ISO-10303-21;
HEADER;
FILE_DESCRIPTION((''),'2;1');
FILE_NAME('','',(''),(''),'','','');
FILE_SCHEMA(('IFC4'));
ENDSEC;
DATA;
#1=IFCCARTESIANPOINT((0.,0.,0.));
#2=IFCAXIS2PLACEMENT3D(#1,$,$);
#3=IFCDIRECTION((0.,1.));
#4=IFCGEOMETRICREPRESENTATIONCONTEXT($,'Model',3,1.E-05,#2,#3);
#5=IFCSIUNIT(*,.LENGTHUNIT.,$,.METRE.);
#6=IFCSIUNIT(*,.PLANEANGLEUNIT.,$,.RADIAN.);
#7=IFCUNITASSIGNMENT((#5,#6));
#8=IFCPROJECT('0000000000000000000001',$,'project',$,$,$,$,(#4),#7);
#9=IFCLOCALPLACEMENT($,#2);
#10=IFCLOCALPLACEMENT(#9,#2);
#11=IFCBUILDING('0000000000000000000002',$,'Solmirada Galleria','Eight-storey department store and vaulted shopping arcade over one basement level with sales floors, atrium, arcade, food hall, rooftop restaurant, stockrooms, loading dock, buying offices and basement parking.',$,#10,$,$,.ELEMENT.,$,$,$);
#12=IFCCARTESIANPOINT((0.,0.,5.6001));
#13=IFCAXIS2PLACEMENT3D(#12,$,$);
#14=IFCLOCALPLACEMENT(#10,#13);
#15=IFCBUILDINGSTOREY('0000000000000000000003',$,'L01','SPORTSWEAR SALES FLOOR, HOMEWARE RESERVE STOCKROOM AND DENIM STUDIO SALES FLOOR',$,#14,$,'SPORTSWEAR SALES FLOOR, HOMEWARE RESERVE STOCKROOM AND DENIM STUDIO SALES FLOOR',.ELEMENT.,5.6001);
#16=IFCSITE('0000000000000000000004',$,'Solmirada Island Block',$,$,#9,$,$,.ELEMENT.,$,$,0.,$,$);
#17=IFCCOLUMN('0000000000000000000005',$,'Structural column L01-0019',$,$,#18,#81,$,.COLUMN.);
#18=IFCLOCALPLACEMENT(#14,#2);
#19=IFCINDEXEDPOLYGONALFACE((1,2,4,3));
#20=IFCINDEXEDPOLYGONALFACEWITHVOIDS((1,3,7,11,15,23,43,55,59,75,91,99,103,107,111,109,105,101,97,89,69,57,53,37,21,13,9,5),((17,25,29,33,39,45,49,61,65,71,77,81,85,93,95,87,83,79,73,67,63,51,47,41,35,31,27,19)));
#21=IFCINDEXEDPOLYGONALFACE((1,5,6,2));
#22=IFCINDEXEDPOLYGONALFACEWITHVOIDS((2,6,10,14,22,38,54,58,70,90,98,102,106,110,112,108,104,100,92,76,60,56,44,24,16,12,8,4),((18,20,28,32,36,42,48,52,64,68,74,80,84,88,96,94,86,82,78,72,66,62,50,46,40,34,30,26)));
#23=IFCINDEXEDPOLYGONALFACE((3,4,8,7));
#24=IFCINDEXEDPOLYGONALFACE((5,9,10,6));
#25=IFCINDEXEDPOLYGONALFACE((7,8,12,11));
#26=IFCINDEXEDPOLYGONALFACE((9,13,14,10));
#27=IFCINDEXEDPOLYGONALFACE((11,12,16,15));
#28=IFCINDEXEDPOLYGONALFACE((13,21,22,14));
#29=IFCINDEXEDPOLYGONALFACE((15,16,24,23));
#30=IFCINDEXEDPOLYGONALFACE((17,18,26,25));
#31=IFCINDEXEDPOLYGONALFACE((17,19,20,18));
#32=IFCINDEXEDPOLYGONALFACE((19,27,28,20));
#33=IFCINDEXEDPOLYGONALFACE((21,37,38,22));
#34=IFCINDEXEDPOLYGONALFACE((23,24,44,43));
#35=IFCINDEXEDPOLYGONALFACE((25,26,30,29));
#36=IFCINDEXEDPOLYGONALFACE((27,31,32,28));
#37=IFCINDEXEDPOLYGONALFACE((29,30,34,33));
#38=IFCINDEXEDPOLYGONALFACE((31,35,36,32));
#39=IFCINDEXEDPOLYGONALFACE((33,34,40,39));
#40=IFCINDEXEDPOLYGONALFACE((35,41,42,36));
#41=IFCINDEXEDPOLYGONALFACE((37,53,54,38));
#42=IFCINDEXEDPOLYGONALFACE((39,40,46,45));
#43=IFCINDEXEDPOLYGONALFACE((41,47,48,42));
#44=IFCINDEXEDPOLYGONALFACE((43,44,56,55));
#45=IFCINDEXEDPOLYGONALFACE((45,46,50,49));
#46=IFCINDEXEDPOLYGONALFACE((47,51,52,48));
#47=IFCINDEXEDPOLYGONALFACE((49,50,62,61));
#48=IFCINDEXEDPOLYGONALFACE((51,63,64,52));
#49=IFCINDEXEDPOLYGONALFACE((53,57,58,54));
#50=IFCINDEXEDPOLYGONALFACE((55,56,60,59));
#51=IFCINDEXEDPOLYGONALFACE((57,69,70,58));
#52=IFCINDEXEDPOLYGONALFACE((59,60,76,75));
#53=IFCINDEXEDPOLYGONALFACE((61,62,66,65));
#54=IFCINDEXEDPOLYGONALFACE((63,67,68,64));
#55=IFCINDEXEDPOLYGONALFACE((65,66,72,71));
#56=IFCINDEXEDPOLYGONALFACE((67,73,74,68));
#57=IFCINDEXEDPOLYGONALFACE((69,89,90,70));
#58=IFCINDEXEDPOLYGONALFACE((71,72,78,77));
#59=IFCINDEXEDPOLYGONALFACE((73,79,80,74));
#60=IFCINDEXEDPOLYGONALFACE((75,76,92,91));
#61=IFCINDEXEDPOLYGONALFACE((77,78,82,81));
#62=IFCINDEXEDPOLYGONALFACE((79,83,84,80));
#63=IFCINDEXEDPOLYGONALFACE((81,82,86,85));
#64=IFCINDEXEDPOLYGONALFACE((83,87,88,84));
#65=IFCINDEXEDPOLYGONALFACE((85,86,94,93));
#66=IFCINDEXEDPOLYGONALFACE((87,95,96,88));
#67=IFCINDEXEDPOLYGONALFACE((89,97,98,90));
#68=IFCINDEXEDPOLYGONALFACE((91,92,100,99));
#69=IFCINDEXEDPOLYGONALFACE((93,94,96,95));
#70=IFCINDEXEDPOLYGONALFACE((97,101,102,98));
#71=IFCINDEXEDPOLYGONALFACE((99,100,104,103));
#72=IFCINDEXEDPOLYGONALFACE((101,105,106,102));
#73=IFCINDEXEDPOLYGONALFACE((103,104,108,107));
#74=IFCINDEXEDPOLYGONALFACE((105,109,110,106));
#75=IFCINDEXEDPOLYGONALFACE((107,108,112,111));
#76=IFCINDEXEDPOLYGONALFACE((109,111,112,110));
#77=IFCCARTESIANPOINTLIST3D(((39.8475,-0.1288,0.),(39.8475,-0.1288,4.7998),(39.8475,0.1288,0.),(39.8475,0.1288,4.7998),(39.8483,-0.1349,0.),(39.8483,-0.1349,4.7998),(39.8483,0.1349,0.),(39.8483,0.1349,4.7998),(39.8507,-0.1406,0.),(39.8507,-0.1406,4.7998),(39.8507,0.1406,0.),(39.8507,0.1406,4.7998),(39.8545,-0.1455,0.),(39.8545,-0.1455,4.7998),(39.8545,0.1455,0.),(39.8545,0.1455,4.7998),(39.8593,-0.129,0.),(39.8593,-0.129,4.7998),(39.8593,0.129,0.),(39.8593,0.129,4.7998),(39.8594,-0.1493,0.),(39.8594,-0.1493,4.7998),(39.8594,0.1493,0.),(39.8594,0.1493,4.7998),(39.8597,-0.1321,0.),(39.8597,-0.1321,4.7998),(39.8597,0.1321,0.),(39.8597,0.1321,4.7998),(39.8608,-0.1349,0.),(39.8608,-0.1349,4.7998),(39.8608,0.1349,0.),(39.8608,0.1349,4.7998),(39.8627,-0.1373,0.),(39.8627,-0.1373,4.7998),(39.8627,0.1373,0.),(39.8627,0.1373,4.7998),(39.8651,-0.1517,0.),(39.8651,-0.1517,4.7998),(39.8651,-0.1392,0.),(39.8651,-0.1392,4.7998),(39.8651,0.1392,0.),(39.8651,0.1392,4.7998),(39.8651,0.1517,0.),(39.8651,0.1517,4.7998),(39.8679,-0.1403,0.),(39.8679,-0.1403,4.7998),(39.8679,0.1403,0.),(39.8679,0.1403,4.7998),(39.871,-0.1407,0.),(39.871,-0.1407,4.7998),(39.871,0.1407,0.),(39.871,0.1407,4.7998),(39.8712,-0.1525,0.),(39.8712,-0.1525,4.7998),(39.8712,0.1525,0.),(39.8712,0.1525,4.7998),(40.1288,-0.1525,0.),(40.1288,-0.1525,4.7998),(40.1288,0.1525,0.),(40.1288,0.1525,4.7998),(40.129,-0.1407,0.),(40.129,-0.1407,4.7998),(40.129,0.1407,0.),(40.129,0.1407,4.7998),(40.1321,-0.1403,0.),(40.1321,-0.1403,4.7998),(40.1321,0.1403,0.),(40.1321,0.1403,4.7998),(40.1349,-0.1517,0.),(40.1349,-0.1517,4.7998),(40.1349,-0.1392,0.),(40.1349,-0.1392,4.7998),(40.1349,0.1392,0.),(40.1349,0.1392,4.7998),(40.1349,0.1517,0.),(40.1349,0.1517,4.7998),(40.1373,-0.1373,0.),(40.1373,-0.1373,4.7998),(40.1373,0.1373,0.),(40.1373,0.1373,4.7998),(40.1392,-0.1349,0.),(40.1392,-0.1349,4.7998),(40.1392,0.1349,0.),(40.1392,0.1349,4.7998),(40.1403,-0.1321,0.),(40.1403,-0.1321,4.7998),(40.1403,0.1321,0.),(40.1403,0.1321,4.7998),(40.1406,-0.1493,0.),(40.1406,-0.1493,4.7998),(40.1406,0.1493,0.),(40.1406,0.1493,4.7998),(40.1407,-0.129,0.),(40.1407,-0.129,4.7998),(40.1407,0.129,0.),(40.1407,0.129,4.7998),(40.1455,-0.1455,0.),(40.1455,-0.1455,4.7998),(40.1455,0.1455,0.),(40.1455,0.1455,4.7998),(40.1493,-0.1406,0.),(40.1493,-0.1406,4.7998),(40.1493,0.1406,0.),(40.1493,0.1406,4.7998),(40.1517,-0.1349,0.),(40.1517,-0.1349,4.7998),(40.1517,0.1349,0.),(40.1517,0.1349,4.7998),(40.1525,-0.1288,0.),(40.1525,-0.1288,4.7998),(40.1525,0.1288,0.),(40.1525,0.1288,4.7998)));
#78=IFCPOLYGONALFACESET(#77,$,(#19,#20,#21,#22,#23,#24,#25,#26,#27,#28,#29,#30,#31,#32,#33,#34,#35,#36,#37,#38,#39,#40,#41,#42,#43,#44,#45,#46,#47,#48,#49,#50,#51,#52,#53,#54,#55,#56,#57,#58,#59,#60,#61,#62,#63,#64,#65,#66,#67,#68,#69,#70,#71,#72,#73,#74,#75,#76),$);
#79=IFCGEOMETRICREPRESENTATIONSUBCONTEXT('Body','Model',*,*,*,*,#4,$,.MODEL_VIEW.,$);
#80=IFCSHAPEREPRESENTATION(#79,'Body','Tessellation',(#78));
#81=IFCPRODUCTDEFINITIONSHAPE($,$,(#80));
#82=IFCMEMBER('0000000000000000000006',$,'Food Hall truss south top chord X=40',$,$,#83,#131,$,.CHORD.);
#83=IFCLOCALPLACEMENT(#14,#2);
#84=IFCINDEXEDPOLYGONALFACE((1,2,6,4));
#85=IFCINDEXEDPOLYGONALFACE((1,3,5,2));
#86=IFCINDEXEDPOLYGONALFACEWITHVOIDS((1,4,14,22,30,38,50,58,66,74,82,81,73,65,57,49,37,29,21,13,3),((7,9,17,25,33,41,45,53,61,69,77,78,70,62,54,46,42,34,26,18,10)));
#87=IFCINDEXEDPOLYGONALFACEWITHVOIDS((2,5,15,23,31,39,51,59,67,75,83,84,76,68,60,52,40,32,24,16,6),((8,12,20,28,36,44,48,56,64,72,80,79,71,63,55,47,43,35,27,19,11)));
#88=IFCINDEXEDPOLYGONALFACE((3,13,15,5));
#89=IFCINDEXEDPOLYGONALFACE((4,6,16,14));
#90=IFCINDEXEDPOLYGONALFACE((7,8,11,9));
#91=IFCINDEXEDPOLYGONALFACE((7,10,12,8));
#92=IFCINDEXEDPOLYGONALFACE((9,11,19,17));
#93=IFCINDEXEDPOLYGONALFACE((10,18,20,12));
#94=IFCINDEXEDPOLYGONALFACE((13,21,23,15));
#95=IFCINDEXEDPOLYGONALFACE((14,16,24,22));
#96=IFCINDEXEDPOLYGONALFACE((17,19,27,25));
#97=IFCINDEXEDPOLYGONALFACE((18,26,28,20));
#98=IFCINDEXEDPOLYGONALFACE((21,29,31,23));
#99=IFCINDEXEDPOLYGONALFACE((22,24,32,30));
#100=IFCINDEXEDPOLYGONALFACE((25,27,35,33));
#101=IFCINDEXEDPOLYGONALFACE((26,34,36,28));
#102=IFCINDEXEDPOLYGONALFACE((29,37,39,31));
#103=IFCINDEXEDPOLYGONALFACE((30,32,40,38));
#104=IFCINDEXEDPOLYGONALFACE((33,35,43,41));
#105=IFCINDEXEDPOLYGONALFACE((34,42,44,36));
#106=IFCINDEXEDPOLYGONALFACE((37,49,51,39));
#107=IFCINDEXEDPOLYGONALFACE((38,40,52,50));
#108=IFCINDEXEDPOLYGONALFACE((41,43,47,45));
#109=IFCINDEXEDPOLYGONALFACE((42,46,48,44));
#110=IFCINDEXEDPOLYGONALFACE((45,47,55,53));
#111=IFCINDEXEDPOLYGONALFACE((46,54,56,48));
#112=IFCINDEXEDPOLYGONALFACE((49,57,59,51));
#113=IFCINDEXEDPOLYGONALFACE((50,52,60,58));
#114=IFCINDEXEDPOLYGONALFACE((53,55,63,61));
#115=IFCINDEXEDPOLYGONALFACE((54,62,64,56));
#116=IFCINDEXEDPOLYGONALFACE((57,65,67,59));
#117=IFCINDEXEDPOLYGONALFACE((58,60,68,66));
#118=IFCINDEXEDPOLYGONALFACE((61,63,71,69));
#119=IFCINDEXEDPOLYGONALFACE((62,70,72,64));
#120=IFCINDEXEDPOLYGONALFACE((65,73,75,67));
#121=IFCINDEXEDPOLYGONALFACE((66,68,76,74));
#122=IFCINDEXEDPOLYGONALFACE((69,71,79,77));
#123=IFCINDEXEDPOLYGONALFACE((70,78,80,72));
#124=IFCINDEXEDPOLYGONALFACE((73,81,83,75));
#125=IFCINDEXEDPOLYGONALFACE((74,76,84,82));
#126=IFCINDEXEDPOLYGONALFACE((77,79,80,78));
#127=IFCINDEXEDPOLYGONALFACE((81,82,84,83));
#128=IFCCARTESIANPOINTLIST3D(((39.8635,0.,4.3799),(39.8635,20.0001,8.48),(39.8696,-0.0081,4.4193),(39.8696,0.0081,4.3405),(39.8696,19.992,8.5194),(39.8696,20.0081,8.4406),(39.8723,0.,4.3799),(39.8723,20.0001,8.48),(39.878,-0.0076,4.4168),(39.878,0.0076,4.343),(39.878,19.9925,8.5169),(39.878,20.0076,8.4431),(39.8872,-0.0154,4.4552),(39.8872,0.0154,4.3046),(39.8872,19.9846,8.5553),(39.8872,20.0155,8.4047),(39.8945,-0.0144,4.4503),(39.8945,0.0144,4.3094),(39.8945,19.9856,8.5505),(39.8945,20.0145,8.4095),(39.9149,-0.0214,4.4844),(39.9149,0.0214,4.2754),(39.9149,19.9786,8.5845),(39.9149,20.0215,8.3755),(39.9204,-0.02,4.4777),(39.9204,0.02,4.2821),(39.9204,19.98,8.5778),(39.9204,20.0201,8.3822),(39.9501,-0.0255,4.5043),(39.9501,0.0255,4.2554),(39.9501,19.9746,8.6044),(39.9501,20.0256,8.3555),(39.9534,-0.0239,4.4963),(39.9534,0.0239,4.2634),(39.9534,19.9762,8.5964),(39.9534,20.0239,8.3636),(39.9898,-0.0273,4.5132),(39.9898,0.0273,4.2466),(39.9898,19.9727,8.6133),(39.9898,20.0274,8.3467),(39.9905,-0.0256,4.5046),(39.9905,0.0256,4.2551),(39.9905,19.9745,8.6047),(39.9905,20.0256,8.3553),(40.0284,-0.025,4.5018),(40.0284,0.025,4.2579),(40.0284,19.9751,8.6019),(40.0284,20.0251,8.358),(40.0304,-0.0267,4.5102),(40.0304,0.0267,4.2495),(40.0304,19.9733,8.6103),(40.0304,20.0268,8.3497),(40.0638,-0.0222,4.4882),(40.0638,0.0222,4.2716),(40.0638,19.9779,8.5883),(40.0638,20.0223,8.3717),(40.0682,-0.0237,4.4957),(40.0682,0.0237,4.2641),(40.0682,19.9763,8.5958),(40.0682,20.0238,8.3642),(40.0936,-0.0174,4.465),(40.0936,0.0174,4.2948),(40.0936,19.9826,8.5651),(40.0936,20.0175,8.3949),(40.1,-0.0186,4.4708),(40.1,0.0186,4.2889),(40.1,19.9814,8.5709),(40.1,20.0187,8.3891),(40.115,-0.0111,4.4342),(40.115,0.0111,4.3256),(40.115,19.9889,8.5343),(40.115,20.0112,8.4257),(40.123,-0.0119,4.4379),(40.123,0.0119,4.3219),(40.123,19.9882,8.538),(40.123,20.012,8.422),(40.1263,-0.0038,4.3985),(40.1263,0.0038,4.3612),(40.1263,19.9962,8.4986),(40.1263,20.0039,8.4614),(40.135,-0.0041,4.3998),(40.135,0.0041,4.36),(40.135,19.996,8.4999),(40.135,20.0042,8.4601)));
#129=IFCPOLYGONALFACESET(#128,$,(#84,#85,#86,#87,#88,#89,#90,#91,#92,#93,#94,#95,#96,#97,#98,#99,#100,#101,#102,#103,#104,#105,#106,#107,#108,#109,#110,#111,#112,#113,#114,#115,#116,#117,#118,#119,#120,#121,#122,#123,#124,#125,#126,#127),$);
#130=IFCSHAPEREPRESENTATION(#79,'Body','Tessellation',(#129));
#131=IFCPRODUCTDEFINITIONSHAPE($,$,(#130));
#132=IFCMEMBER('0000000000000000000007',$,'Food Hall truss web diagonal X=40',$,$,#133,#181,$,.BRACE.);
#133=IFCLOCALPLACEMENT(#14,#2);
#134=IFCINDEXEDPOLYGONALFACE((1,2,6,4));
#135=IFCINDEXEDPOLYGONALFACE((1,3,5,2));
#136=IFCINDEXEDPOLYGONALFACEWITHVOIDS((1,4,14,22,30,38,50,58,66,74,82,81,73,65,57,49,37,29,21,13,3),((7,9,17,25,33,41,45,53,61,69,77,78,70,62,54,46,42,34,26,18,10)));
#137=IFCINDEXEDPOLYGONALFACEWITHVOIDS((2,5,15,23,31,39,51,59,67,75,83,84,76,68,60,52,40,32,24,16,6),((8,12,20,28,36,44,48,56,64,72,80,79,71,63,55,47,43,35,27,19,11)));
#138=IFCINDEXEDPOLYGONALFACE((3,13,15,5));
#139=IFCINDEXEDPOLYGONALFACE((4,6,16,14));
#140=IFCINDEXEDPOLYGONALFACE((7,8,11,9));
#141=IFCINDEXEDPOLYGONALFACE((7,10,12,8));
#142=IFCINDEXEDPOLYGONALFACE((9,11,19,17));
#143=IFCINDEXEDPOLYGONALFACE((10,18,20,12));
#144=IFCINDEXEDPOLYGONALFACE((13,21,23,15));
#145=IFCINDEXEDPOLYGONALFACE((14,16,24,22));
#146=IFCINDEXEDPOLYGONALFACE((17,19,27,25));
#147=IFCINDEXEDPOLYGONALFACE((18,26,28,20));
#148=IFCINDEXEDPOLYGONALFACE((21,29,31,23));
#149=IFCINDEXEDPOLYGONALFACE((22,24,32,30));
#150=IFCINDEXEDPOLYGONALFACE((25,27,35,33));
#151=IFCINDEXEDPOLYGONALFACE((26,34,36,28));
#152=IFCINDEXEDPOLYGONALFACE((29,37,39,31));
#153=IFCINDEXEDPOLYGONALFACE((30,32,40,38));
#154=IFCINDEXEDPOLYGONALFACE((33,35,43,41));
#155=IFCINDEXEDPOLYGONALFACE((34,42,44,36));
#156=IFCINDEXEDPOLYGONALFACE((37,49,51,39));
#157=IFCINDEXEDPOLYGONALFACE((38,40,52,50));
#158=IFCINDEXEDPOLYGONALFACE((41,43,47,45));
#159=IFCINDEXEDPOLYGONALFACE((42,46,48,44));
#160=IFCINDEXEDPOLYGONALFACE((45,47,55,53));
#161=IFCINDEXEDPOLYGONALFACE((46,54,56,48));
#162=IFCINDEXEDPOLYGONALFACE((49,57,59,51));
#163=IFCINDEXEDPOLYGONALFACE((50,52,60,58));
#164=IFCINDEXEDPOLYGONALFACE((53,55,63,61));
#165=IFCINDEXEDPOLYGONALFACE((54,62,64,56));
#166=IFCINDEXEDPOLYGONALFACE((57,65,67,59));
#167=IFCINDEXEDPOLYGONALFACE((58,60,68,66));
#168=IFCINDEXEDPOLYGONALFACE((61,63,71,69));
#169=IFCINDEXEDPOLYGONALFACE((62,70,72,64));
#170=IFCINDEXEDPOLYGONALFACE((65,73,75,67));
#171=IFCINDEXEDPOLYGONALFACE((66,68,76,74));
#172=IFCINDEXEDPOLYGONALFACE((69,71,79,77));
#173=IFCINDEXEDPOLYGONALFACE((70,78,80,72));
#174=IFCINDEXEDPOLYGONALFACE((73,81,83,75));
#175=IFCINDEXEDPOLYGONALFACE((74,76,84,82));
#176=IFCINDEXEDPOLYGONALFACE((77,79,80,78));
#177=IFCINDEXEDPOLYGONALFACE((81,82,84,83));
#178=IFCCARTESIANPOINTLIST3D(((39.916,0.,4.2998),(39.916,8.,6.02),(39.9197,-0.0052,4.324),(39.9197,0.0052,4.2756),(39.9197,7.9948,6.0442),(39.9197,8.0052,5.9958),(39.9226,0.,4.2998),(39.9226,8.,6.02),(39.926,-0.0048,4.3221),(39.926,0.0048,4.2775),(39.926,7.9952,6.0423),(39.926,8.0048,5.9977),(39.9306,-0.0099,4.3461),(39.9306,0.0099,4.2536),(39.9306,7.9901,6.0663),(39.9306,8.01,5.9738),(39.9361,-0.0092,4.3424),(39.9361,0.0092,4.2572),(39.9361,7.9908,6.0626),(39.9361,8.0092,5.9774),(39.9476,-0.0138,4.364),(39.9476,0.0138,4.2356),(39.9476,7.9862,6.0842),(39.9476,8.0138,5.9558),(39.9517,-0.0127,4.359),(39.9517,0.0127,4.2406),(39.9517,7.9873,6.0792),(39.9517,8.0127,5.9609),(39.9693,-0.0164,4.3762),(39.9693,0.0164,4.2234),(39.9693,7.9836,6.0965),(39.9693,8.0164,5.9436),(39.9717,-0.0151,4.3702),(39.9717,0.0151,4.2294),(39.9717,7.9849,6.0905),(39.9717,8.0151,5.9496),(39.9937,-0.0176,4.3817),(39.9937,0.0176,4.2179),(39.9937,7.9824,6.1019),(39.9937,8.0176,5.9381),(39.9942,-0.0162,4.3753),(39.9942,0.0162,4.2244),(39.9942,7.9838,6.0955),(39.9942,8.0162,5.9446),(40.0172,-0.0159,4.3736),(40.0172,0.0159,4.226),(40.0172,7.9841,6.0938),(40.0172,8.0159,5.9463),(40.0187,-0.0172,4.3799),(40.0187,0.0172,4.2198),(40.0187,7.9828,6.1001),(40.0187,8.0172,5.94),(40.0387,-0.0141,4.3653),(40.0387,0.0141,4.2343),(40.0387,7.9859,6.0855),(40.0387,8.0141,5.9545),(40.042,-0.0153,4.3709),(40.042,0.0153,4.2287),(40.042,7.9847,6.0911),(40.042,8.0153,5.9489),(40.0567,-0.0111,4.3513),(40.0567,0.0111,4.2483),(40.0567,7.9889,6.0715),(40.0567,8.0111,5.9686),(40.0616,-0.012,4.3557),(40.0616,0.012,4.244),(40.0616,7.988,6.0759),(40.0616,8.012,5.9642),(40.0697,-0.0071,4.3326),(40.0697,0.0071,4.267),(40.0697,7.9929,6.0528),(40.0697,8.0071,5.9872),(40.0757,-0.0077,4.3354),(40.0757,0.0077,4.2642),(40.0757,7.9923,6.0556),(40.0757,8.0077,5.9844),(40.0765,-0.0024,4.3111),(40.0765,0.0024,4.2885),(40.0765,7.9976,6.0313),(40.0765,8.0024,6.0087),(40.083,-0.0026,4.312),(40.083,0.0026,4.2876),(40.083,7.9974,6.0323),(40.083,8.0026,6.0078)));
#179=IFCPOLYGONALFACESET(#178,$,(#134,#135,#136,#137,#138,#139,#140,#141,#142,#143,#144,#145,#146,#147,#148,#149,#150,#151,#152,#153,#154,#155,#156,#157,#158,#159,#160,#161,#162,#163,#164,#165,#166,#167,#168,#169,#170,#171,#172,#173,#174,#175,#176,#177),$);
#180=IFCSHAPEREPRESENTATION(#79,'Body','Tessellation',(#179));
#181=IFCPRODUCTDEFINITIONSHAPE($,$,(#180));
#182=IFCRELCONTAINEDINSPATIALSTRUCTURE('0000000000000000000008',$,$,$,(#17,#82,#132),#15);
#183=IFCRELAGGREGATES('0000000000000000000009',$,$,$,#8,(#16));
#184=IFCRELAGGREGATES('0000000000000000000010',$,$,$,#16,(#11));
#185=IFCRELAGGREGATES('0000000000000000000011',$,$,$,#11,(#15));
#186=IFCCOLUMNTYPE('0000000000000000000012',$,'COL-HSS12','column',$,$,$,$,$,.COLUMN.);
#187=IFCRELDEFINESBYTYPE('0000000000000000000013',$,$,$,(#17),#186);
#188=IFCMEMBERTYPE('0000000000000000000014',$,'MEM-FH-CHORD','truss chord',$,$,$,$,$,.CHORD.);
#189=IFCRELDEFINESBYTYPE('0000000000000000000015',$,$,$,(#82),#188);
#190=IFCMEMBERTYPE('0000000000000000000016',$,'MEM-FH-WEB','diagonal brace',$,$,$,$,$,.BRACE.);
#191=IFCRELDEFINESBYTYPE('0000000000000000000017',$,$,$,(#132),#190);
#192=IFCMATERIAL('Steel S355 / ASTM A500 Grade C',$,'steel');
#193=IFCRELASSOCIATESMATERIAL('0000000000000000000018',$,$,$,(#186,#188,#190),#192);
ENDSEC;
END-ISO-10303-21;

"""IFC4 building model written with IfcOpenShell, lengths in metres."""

from ifc_helpers import new_model, si_unit, direction, frame, origin, origin_2d, place, context, subcontext, project, spatial, hollow_rectangle, hollow_circle, extrude, material, material_profile, profile_set, type_object, element, save


model = new_model("IFC4")

# Units and contexts
model_context = context("Model", 3, precision=1e-05, world=origin(), true_north=direction((0.0, 1.0)))
body_context = subcontext(model_context, "Body", "Model", "MODEL_VIEW")
ifc_project = project(units=[si_unit("LENGTHUNIT", "METRE"), si_unit("PLANEANGLEUNIT", "RADIAN")], contexts=[model_context])

# Site, building, storey
site_placement = place(None, origin())
site = spatial("IfcSite", under=ifc_project, at=site_placement, Name="Solmirada Island Block", CompositionType="ELEMENT", RefElevation=0.0)
building_placement = place(site_placement, origin())
building = spatial("IfcBuilding", under=site, at=building_placement, Name="Solmirada Galleria", Description="Eight-storey department store and vaulted shopping arcade over one basement level with sales floors, atrium, arcade, food hall, rooftop restaurant, stockrooms, loading dock, buying offices and basement parking.", CompositionType="ELEMENT")
storey_placement = place(building_placement, frame((0.0, 0.0, 5.6001)))
storey = spatial("IfcBuildingStorey", under=building, at=storey_placement, Name="L01", Description="SPORTSWEAR SALES FLOOR, HOMEWARE RESERVE STOCKROOM AND DENIM STUDIO SALES FLOOR", LongName="SPORTSWEAR SALES FLOOR, HOMEWARE RESERVE STOCKROOM AND DENIM STUDIO SALES FLOOR", CompositionType="ELEMENT", Elevation=5.6001)

# Column
ifc_material_1 = material(Name="Steel S355 / ASTM A500 Grade C", Category="steel")
ifc_material_profile_1 = material_profile(ifc_material_1, hollow_rectangle(XDim=0.3049, YDim=0.3049, WallThickness=0.0117, InnerFilletRadius=0.0117, OuterFilletRadius=0.0237, at=origin_2d()), Name="HSS12X12X1/2")
ifc_profile_set_1 = profile_set([ifc_material_profile_1], Name="Steel S355 / ASTM A500 Grade C")
column_type = type_object("IfcColumnType", Name="COL-HSS12", Description="column", PredefinedType="COLUMN", material=ifc_profile_set_1)
column_placement = place(storey_placement, frame((40.0, 0.0, 0.0), z_axis=(0.0, 0.0, 1.0), x_axis=(1.0, 0.0, 0.0)))
element("IfcColumn", 1, at=column_placement, inside=storey, type_object=column_type, Name="Structural column L01-0019", PredefinedType="COLUMN", context=body_context, shape_type="SweptSolid", body=[
    extrude(hollow_rectangle(XDim=0.3049, YDim=0.3049, WallThickness=0.0117, InnerFilletRadius=0.0117, OuterFilletRadius=0.0237, at=origin_2d()), origin(), (0.0, 0.0, 1.0), 4.7998),
])

# Members
ifc_material_profile_2 = material_profile(ifc_material_1, hollow_circle(Radius=0.1365, WallThickness=0.0088, at=origin_2d()), Name="HSS10.750X0.375")
ifc_profile_set_2 = profile_set([ifc_material_profile_2], Name="Steel S355 / ASTM A500 Grade C")
member_type_1 = type_object("IfcMemberType", Name="MEM-FH-CHORD", Description="truss chord", PredefinedType="CHORD", material=ifc_profile_set_2)
member_1_placement = place(storey_placement, frame((40.0, 0.0, 4.3799), z_axis=(0.0, 0.979626, 0.200828), x_axis=(-1.0, 0.0, 0.0)))
element("IfcMember", 2, at=member_1_placement, inside=storey, type_object=member_type_1, Name="Food Hall truss south top chord X=40", PredefinedType="CHORD", context=body_context, shape_type="SweptSolid", body=[
    extrude(hollow_circle(Radius=0.1365, WallThickness=0.0088, at=origin_2d()), origin(), (0.0, 0.0, 1.0), 20.416),
])
ifc_material_profile_3 = material_profile(ifc_material_1, hollow_circle(Radius=0.084, WallThickness=0.0066, at=origin_2d()), Name="HSS6.625X0.280")
ifc_profile_set_3 = profile_set([ifc_material_profile_3], Name="Steel S355 / ASTM A500 Grade C")
member_type_2 = type_object("IfcMemberType", Name="MEM-FH-WEB", Description="diagonal brace", PredefinedType="BRACE", material=ifc_profile_set_3)
member_2_placement = place(storey_placement, frame((40.0, 0.0, 4.2998), z_axis=(0.0, 0.977654, 0.210222), x_axis=(-1.0, 0.0, 0.0)))
element("IfcMember", 3, at=member_2_placement, inside=storey, type_object=member_type_2, Name="Food Hall truss web diagonal X=40", PredefinedType="BRACE", context=body_context, shape_type="SweptSolid", body=[
    extrude(hollow_circle(Radius=0.084, WallThickness=0.0066, at=origin_2d()), origin(), (0.0, 0.0, 1.0), 8.1829),
])

save(model, "model.ifc")
